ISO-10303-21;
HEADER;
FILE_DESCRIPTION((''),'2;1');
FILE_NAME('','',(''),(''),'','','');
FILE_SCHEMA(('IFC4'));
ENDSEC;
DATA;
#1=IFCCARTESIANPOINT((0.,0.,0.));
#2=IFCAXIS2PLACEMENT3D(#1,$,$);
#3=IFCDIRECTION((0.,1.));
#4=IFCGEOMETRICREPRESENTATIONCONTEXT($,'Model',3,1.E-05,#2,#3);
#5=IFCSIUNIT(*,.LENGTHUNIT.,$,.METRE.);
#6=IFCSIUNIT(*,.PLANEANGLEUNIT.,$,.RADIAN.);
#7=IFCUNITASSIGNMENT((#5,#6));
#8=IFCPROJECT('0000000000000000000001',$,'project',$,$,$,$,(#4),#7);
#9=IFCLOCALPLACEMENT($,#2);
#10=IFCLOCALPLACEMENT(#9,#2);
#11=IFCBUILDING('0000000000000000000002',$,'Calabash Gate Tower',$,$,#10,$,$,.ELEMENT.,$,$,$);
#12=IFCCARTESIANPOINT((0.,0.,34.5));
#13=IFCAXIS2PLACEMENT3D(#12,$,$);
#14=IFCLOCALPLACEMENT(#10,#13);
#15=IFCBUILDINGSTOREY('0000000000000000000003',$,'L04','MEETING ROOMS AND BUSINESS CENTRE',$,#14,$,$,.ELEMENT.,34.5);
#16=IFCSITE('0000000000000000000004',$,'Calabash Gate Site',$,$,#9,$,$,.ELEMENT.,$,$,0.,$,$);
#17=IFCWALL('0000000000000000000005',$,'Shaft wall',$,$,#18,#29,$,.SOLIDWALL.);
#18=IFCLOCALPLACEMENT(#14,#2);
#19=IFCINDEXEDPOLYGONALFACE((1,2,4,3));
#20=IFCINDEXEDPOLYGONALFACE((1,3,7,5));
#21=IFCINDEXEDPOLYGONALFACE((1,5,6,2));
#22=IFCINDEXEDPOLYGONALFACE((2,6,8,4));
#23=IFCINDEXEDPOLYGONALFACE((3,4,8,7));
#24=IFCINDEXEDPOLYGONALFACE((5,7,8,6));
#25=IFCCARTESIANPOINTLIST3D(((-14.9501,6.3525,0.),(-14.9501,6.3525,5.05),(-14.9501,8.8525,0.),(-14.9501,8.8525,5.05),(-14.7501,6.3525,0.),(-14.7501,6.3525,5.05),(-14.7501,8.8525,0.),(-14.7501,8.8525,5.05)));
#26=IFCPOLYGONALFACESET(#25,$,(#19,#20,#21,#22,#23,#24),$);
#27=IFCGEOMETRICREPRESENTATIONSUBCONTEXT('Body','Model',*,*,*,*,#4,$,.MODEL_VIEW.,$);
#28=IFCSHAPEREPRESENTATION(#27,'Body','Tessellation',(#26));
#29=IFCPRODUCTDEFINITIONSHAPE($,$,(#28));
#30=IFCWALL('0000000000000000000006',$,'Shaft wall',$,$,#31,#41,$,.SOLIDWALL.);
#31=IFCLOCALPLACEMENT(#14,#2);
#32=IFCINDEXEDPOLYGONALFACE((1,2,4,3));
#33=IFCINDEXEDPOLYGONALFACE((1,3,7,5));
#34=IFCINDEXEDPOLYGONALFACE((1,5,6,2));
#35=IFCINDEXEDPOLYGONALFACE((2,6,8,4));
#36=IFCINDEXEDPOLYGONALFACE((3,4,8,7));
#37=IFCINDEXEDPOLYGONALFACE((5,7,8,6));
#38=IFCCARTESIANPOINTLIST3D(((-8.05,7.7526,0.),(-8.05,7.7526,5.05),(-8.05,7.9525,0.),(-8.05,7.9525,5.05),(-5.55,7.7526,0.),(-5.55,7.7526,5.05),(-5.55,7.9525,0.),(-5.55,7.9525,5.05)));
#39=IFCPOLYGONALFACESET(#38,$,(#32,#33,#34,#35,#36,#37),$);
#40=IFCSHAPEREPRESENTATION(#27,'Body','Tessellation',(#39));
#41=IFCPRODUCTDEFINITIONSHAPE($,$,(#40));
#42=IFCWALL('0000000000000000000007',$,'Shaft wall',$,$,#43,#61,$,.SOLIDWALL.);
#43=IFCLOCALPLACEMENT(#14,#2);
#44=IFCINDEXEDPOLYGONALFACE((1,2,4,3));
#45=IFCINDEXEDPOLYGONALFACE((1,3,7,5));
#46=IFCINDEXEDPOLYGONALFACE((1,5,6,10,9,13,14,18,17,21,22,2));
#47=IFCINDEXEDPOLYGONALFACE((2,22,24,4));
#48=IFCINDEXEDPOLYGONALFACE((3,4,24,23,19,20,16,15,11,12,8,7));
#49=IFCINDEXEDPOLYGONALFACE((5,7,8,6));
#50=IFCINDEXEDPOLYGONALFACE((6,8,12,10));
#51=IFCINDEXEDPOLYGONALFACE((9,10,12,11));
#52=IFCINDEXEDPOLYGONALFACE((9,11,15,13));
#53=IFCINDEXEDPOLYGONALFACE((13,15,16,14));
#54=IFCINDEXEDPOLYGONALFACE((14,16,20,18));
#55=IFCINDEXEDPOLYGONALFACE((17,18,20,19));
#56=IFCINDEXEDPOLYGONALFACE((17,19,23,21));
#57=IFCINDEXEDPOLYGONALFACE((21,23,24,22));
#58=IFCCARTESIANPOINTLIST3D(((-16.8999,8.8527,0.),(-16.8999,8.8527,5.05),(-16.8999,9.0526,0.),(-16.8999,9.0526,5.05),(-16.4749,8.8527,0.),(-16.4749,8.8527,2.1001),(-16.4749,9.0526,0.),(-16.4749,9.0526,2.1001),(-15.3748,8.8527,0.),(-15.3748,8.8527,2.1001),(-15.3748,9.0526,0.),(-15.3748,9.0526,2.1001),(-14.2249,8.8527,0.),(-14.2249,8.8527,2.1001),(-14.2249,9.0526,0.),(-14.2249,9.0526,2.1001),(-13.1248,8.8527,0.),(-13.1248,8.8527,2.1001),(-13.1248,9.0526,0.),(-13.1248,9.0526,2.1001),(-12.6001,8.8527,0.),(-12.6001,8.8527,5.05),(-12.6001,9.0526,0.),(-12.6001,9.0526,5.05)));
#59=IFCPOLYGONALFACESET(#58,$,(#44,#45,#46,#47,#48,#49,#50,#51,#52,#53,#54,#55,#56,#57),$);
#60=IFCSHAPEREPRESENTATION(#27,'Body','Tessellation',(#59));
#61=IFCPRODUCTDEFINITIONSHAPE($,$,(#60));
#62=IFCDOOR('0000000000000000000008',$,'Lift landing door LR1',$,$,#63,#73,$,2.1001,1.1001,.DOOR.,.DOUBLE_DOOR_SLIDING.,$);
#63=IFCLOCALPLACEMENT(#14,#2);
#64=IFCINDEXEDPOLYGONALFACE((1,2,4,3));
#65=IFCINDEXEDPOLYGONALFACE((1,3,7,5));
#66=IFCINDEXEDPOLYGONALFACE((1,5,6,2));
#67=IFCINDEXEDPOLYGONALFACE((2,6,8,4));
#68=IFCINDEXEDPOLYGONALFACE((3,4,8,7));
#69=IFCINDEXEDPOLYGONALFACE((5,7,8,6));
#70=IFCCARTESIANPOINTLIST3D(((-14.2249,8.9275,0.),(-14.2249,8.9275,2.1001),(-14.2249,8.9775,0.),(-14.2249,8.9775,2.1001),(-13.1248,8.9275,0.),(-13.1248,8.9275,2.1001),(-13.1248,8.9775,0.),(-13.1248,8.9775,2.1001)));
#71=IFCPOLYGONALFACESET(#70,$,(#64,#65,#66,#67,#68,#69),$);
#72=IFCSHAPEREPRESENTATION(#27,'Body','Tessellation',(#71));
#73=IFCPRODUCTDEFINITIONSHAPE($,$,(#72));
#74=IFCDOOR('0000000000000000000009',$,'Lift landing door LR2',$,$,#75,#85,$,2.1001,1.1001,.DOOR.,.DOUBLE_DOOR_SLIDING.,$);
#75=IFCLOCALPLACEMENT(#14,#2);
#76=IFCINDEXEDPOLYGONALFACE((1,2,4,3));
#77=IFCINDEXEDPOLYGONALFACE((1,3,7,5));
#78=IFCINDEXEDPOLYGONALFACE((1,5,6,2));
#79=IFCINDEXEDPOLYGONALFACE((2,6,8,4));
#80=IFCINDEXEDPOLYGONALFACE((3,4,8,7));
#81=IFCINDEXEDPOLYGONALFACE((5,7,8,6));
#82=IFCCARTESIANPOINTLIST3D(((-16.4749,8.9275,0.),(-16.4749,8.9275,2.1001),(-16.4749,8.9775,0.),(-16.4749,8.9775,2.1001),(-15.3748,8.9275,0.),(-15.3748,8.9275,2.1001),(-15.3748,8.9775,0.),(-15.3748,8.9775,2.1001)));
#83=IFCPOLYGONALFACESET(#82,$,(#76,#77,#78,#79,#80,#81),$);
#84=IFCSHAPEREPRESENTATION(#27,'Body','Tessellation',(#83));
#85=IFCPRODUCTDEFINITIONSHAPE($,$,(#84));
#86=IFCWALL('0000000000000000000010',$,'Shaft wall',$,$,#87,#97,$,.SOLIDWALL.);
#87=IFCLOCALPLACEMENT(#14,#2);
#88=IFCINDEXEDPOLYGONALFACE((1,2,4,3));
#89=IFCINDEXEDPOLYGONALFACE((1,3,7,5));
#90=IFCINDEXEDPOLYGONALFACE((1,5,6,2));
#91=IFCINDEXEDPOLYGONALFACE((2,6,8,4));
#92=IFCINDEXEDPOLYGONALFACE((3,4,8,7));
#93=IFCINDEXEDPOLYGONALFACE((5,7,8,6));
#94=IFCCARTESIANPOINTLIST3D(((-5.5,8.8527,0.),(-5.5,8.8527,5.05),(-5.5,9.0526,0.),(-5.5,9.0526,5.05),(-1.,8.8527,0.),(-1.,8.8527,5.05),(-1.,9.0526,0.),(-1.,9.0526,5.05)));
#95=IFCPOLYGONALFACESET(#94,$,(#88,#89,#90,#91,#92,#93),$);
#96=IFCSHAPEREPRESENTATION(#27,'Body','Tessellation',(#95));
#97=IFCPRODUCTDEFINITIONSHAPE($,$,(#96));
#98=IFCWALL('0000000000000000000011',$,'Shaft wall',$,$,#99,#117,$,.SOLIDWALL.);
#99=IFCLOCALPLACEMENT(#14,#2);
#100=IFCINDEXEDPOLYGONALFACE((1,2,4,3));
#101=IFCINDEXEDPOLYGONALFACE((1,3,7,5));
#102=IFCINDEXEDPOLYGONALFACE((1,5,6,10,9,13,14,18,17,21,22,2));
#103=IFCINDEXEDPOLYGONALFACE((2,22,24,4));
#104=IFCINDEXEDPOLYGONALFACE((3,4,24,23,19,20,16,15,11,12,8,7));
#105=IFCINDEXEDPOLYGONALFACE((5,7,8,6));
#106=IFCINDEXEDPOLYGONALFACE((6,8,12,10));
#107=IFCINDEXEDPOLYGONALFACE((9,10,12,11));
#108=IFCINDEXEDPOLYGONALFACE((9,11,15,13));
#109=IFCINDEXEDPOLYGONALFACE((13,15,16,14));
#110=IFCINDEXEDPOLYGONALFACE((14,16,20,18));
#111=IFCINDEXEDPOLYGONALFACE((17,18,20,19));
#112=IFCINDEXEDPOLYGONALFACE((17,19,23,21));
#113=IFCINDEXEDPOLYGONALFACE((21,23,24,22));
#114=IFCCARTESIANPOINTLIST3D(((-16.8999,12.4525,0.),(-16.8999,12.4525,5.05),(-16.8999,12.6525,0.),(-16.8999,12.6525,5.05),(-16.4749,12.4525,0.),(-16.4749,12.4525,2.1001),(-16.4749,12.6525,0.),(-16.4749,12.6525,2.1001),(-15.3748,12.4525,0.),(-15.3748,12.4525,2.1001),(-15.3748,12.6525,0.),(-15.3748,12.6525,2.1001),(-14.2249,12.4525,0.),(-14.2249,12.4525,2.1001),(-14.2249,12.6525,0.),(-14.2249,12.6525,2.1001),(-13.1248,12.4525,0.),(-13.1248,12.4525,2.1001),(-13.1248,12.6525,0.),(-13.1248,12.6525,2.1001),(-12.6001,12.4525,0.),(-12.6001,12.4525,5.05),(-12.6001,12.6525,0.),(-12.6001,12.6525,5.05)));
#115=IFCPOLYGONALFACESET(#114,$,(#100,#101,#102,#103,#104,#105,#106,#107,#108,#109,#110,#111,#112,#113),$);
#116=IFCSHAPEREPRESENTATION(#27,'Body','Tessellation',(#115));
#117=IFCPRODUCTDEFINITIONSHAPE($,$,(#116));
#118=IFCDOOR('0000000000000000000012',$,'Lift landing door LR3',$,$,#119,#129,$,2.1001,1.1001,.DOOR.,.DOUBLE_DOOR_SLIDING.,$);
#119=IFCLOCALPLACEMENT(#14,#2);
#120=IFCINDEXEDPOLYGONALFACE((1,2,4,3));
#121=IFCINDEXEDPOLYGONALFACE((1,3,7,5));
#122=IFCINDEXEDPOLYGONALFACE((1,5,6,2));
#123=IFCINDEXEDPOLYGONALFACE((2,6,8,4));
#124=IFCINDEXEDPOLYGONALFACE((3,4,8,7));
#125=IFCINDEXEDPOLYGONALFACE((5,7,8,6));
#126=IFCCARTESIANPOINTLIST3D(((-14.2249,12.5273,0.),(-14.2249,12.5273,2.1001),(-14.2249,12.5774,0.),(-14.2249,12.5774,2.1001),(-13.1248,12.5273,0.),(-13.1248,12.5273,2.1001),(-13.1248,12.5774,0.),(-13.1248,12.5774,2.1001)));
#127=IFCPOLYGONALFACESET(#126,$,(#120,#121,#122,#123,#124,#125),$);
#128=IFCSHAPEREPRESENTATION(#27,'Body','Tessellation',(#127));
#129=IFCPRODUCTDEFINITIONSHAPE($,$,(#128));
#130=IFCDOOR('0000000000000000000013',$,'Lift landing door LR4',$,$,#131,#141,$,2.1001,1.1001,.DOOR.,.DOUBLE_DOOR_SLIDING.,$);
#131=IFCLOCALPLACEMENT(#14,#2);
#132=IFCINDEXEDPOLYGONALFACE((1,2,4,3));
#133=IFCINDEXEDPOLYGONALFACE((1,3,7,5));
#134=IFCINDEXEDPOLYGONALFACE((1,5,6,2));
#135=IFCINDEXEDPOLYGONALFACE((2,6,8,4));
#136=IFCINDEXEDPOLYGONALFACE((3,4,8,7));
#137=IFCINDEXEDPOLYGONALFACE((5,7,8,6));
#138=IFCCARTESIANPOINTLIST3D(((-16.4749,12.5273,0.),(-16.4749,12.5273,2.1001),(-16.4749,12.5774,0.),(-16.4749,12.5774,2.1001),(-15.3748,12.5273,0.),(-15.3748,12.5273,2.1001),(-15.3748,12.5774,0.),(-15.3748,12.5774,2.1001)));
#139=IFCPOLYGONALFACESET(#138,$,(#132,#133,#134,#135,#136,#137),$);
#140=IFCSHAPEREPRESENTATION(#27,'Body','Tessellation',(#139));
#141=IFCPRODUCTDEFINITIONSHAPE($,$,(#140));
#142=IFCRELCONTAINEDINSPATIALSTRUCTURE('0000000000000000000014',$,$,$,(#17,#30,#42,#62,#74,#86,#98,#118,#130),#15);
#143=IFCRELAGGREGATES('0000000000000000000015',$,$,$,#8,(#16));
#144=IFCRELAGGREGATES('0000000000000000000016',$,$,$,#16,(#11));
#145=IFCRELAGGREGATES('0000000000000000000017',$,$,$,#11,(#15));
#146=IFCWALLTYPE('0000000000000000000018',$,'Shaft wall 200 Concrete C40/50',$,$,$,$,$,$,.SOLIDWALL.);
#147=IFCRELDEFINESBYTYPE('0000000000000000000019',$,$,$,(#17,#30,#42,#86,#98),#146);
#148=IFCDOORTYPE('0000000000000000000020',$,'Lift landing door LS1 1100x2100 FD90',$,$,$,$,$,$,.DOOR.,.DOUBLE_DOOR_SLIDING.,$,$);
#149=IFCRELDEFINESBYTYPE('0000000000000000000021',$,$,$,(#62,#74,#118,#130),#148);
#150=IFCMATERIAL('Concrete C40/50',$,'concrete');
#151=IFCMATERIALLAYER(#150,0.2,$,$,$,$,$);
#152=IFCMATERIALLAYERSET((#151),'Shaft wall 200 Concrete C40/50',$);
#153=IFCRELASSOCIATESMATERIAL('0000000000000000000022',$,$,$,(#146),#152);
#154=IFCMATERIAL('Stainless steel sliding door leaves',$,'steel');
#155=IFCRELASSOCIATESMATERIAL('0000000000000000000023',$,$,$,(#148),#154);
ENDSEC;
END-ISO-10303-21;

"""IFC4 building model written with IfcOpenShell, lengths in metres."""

from ifc_helpers import new_model, si_unit, direction, frame, frame_2d, origin, place, context, subcontext, project, spatial, rectangle, extrude, material, layer, layer_set, type_object, element, fill, save


model = new_model("IFC4")

# Units and contexts
model_context = context("Model", 3, precision=1e-05, world=origin(), true_north=direction((0.0, 1.0)))
body_context = subcontext(model_context, "Body", "Model", "MODEL_VIEW")
ifc_project = project(units=[si_unit("LENGTHUNIT", "METRE"), si_unit("PLANEANGLEUNIT", "RADIAN")], contexts=[model_context])

# Site, building, storey
site_placement = place(None, origin())
site = spatial("IfcSite", under=ifc_project, at=site_placement, Name="Calabash Gate Site", CompositionType="ELEMENT", RefElevation=0.0)
building_placement = place(site_placement, origin())
building = spatial("IfcBuilding", under=site, at=building_placement, Name="Calabash Gate Tower", CompositionType="ELEMENT")
storey_placement = place(building_placement, frame((0.0, 0.0, 34.5)))
storey = spatial("IfcBuildingStorey", under=building, at=storey_placement, Name="L04", Description="MEETING ROOMS AND BUSINESS CENTRE", CompositionType="ELEMENT", Elevation=34.5)

# Walls
ifc_material_1 = material(Name="Concrete C40/50", Category="concrete")
ifc_layer_1 = layer(ifc_material_1, 0.2)
ifc_layer_set_1 = layer_set([ifc_layer_1], Name="Shaft wall 200 Concrete C40/50")
wall_type_1 = type_object("IfcWallType", Name="Shaft wall 200 Concrete C40/50", PredefinedType="SOLIDWALL", material=ifc_layer_set_1)
for number, where, z_axis, x_axis, name in (
    (1, (-14.8501, 6.3525, 0.0), (0.0, 0.0, 1.0), (0.0, 1.0, 0.0), "Shaft wall"),
    (2, (-8.05, 7.8525, 0.0), (0.0, 0.0, 1.0), (1.0, 0.0, 0.0), "Shaft wall"),
):
    element("IfcWall", number, at=place(storey_placement, frame(where, z_axis=z_axis, x_axis=x_axis)), inside=storey, type_object=wall_type_1, Name=name, PredefinedType="SOLIDWALL", context=body_context, shape_type="SweptSolid", body=[
        extrude(rectangle(XDim=2.5, YDim=0.2, at=frame_2d((1.25, 0.0))), origin(), (0.0, 0.0, 1.0), 5.05),
    ])

# Wall, openings, doors
wall_1_placement = place(storey_placement, frame((-16.8999, 8.9526, 0.0), z_axis=(0.0, 0.0, 1.0), x_axis=(1.0, 0.0, 0.0)))
wall_1 = element("IfcWall", 3, at=wall_1_placement, inside=storey, type_object=wall_type_1, Name="Shaft wall", PredefinedType="SOLIDWALL", context=body_context, shape_type="SweptSolid", body=[
    extrude(rectangle(XDim=4.2998, YDim=0.2, at=frame_2d((2.1499, 0.0))), origin(), (0.0, 0.0, 1.0), 5.05),
])
opening_1_placement = place(wall_1_placement, frame((2.675, 0.0, 0.0)))
opening_1 = element("IfcOpeningElement", 4, at=opening_1_placement, cuts=wall_1, PredefinedType="OPENING", context=body_context, shape_type="SweptSolid", body=[
    extrude(rectangle(XDim=1.1001, YDim=2.1001, at=frame_2d((0.55, 1.05))), frame((0.0, 0.1099, 0.0), z_axis=(0.0, -1.0, 0.0), x_axis=(1.0, 0.0, 0.0)), (0.0, 0.0, 1.0), 0.22),
])
opening_2_placement = place(wall_1_placement, frame((0.425, 0.0, 0.0)))
opening_2 = element("IfcOpeningElement", 5, at=opening_2_placement, cuts=wall_1, PredefinedType="OPENING", context=body_context, shape_type="SweptSolid", body=[
    extrude(rectangle(XDim=1.1001, YDim=2.1001, at=frame_2d((0.55, 1.05))), frame((0.0, 0.1099, 0.0), z_axis=(0.0, -1.0, 0.0), x_axis=(1.0, 0.0, 0.0)), (0.0, 0.0, 1.0), 0.22),
])
ifc_material_2 = material(Name="Stainless steel sliding door leaves", Category="steel")
door_type_1 = type_object("IfcDoorType", Name="Lift landing door LS1 1100x2100 FD90", OperationType="DOUBLE_DOOR_SLIDING", PredefinedType="DOOR", material=ifc_material_2)
door_1_placement = place(opening_1_placement, origin())
door_1 = element("IfcDoor", 6, at=door_1_placement, inside=storey, type_object=door_type_1, Name="Lift landing door LR1", OperationType="DOUBLE_DOOR_SLIDING", OverallHeight=2.1001, OverallWidth=1.1001, PredefinedType="DOOR", context=body_context, shape_type="SweptSolid", body=[
    extrude(rectangle(XDim=1.1001, YDim=2.1001, at=frame_2d((0.55, 1.05))), frame((0.0, 0.0249, 0.0), z_axis=(0.0, -1.0, 0.0), x_axis=(1.0, 0.0, 0.0)), (0.0, 0.0, 1.0), 0.05),
])
fill(opening_1, door_1)
door_2_placement = place(opening_2_placement, origin())
door_2 = element("IfcDoor", 7, at=door_2_placement, inside=storey, type_object=door_type_1, Name="Lift landing door LR2", OperationType="DOUBLE_DOOR_SLIDING", OverallHeight=2.1001, OverallWidth=1.1001, PredefinedType="DOOR", context=body_context, shape_type="SweptSolid", body=[
    extrude(rectangle(XDim=1.1001, YDim=2.1001, at=frame_2d((0.55, 1.05))), frame((0.0, 0.0249, 0.0), z_axis=(0.0, -1.0, 0.0), x_axis=(1.0, 0.0, 0.0)), (0.0, 0.0, 1.0), 0.05),
])
fill(opening_2, door_2)

# Wall
wall_2_placement = place(storey_placement, frame((-5.5, 8.9526, 0.0), z_axis=(0.0, 0.0, 1.0), x_axis=(1.0, 0.0, 0.0)))
element("IfcWall", 8, at=wall_2_placement, inside=storey, type_object=wall_type_1, Name="Shaft wall", PredefinedType="SOLIDWALL", context=body_context, shape_type="SweptSolid", body=[
    extrude(rectangle(XDim=4.5, YDim=0.2, at=frame_2d((2.25, 0.0))), origin(), (0.0, 0.0, 1.0), 5.05),
])

# Wall, openings, doors
wall_3_placement = place(storey_placement, frame((-16.8999, 12.5525, 0.0), z_axis=(0.0, 0.0, 1.0), x_axis=(1.0, 0.0, 0.0)))
wall_3 = element("IfcWall", 9, at=wall_3_placement, inside=storey, type_object=wall_type_1, Name="Shaft wall", PredefinedType="SOLIDWALL", context=body_context, shape_type="SweptSolid", body=[
    extrude(rectangle(XDim=4.2998, YDim=0.2, at=frame_2d((2.1499, 0.0))), origin(), (0.0, 0.0, 1.0), 5.05),
])
opening_3_placement = place(wall_3_placement, frame((2.675, 0.0, 0.0)))
opening_3 = element("IfcOpeningElement", 10, at=opening_3_placement, cuts=wall_3, PredefinedType="OPENING", context=body_context, shape_type="SweptSolid", body=[
    extrude(rectangle(XDim=1.1001, YDim=2.1001, at=frame_2d((0.55, 1.05))), frame((0.0, 0.1099, 0.0), z_axis=(0.0, -1.0, 0.0), x_axis=(1.0, 0.0, 0.0)), (0.0, 0.0, 1.0), 0.22),
])
opening_4_placement = place(wall_3_placement, frame((0.425, 0.0, 0.0)))
opening_4 = element("IfcOpeningElement", 11, at=opening_4_placement, cuts=wall_3, PredefinedType="OPENING", context=body_context, shape_type="SweptSolid", body=[
    extrude(rectangle(XDim=1.1001, YDim=2.1001, at=frame_2d((0.55, 1.05))), frame((0.0, 0.1099, 0.0), z_axis=(0.0, -1.0, 0.0), x_axis=(1.0, 0.0, 0.0)), (0.0, 0.0, 1.0), 0.22),
])
door_3_placement = place(opening_3_placement, origin())
door_3 = element("IfcDoor", 12, at=door_3_placement, inside=storey, type_object=door_type_1, Name="Lift landing door LR3", OperationType="DOUBLE_DOOR_SLIDING", OverallHeight=2.1001, OverallWidth=1.1001, PredefinedType="DOOR", context=body_context, shape_type="SweptSolid", body=[
    extrude(rectangle(XDim=1.1001, YDim=2.1001, at=frame_2d((0.55, 1.05))), frame((0.0, 0.0249, 0.0), z_axis=(0.0, -1.0, 0.0), x_axis=(1.0, 0.0, 0.0)), (0.0, 0.0, 1.0), 0.05),
])
fill(opening_3, door_3)
door_4_placement = place(opening_4_placement, origin())
door_4 = element("IfcDoor", 13, at=door_4_placement, inside=storey, type_object=door_type_1, Name="Lift landing door LR4", OperationType="DOUBLE_DOOR_SLIDING", OverallHeight=2.1001, OverallWidth=1.1001, PredefinedType="DOOR", context=body_context, shape_type="SweptSolid", body=[
    extrude(rectangle(XDim=1.1001, YDim=2.1001, at=frame_2d((0.55, 1.05))), frame((0.0, 0.0249, 0.0), z_axis=(0.0, -1.0, 0.0), x_axis=(1.0, 0.0, 0.0)), (0.0, 0.0, 1.0), 0.05),
])
fill(opening_4, door_4)

save(model, "model.ifc")
